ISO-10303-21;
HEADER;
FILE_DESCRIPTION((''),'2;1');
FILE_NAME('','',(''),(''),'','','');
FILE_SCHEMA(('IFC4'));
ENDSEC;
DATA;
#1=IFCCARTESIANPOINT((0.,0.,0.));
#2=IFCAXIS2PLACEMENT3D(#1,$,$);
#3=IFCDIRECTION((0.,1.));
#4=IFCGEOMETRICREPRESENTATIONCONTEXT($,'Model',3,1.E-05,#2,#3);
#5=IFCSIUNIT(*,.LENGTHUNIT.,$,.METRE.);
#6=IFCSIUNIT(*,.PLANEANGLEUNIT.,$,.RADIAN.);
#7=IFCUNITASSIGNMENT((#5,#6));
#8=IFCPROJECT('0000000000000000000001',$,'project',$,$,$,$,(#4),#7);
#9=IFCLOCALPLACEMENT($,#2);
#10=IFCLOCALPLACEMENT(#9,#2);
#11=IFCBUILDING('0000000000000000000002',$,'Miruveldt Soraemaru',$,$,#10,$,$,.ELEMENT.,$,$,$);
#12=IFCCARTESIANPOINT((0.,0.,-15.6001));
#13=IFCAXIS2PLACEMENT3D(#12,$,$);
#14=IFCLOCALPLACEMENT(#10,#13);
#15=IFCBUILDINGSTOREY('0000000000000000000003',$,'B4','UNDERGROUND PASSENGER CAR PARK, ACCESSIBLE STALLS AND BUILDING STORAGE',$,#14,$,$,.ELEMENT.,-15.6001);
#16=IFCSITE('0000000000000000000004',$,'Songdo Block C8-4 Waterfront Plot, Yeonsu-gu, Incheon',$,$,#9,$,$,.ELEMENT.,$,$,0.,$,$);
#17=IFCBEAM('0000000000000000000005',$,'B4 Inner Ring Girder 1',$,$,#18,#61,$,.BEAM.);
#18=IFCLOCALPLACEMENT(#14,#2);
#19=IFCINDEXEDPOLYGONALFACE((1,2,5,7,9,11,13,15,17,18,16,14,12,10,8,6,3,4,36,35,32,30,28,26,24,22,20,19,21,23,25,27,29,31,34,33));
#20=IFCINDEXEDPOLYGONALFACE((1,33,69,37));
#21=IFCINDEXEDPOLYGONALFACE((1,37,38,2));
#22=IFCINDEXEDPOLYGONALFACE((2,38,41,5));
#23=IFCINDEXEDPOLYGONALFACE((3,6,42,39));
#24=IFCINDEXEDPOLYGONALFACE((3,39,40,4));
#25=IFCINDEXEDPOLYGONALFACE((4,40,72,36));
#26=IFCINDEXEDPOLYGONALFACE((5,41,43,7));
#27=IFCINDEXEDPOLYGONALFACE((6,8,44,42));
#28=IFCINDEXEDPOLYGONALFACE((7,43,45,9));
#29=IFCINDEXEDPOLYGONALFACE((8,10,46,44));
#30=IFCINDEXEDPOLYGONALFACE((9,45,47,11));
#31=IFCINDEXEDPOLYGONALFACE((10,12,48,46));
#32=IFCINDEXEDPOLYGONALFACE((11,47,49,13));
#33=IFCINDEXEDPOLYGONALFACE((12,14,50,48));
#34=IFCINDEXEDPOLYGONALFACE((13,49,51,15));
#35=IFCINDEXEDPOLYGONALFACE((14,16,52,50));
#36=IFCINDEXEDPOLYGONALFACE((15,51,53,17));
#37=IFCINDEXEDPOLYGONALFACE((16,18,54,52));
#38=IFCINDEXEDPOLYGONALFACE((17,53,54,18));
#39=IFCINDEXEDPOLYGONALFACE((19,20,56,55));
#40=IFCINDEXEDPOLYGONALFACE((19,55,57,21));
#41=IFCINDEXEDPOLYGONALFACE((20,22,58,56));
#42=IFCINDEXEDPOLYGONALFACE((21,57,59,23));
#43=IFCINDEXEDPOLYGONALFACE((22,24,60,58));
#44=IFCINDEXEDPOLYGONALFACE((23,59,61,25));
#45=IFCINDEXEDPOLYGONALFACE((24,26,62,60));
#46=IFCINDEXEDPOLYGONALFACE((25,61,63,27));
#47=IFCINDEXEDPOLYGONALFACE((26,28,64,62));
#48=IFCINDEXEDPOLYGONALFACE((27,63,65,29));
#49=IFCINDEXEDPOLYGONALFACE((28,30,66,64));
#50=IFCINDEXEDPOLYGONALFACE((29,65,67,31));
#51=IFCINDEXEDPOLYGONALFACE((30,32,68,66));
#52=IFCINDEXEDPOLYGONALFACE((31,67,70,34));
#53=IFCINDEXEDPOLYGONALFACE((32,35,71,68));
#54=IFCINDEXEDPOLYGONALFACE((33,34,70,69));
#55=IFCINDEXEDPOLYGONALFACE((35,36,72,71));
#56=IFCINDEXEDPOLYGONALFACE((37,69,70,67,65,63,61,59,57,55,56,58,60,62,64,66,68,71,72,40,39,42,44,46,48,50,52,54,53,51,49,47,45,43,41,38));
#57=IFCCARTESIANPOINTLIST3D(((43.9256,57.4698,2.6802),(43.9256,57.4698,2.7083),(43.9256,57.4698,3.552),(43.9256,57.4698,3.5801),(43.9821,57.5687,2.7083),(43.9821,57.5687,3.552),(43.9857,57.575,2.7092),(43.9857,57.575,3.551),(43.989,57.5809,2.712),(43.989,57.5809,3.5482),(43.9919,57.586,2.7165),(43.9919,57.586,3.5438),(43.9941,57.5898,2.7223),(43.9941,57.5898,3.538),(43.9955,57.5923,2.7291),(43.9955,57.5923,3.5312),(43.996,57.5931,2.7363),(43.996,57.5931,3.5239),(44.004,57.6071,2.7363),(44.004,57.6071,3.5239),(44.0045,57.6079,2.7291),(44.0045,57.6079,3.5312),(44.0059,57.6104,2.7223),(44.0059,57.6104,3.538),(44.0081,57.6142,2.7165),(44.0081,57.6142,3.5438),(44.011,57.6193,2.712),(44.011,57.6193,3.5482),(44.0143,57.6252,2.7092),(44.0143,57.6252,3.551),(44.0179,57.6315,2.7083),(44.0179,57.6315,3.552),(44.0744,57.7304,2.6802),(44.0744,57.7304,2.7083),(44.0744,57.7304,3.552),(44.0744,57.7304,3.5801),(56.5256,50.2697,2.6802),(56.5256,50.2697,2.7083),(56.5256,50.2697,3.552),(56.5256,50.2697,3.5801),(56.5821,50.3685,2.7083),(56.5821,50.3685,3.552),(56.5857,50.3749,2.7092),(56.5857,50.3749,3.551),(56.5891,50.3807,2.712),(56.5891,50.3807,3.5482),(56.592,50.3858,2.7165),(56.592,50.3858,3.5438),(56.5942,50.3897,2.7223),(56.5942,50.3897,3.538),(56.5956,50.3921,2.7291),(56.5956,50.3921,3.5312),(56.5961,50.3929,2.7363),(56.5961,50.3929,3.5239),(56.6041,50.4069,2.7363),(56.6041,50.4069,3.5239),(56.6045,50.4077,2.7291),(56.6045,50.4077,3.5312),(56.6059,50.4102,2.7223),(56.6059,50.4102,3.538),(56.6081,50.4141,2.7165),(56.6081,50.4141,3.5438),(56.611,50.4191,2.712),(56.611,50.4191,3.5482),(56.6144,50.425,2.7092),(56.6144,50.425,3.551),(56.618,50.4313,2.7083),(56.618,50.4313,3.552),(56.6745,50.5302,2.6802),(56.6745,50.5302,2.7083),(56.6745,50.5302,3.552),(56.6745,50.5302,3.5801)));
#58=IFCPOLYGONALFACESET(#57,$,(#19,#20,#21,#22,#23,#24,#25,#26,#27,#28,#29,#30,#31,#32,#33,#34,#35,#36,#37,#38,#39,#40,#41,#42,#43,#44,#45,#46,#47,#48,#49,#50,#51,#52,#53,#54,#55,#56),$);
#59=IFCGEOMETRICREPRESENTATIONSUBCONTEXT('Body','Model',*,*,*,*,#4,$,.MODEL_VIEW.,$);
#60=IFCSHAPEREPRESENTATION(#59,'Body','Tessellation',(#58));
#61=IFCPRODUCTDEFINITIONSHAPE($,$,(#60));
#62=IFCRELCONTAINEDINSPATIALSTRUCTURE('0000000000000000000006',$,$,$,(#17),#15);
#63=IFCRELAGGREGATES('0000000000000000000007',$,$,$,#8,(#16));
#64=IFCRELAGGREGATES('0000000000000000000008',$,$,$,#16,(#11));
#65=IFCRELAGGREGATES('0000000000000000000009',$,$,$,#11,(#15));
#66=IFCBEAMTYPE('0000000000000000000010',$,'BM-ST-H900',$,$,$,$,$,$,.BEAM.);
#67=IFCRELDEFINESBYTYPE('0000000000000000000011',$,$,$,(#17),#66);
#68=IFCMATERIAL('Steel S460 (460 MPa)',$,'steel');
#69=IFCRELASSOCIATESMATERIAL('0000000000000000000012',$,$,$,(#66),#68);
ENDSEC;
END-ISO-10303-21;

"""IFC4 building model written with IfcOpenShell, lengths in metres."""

from ifc_helpers import new_model, si_unit, direction, frame, origin, origin_2d, place, context, subcontext, project, spatial, i_section, extrude, material, material_profile, profile_set, type_object, element, save


model = new_model("IFC4")

# Units and contexts
model_context = context("Model", 3, precision=1e-05, world=origin(), true_north=direction((0.0, 1.0)))
body_context = subcontext(model_context, "Body", "Model", "MODEL_VIEW")
ifc_project = project(units=[si_unit("LENGTHUNIT", "METRE"), si_unit("PLANEANGLEUNIT", "RADIAN")], contexts=[model_context])

# Site, building, storey
site_placement = place(None, origin())
site = spatial("IfcSite", under=ifc_project, at=site_placement, Name="Songdo Block C8-4 Waterfront Plot, Yeonsu-gu, Incheon", CompositionType="ELEMENT", RefElevation=0.0)
building_placement = place(site_placement, origin())
building = spatial("IfcBuilding", under=site, at=building_placement, Name="Miruveldt Soraemaru", CompositionType="ELEMENT")
storey_placement = place(building_placement, frame((0.0, 0.0, -15.6001)))
storey = spatial("IfcBuildingStorey", under=building, at=storey_placement, Name="B4", Description="UNDERGROUND PASSENGER CAR PARK, ACCESSIBLE STALLS AND BUILDING STORAGE", CompositionType="ELEMENT", Elevation=-15.6001)

# Beam
ifc_material_1 = material(Name="Steel S460 (460 MPa)", Category="steel")
ifc_material_profile_1 = material_profile(ifc_material_1, i_section(OverallWidth=0.3, OverallDepth=0.8999, WebThickness=0.0161, FlangeThickness=0.0281, FilletRadius=0.0281, at=origin_2d()), Name="Steel S460 (460 MPa)", Category="steel")
ifc_profile_set_1 = profile_set([ifc_material_profile_1], Name="Steel S460 (460 MPa)")
beam_type_1 = type_object("IfcBeamType", Name="BM-ST-H900", PredefinedType="BEAM", material=ifc_profile_set_1)
beam_1_placement = place(storey_placement, frame((44.0, 57.6001, 3.1301), z_axis=(0.868239, -0.496146, 0.0), x_axis=(0.496146, 0.868239, 0.0)))
element("IfcBeam", 1, at=beam_1_placement, inside=storey, type_object=beam_type_1, Name="B4 Inner Ring Girder 1", PredefinedType="BEAM", context=body_context, shape_type="SweptSolid", body=[
    extrude(i_section(OverallWidth=0.3, OverallDepth=0.8999, WebThickness=0.0161, FlangeThickness=0.0281, FilletRadius=0.0281, at=origin_2d()), origin(), (0.0, 0.0, 1.0), 14.5122),
])

save(model, "model.ifc")
